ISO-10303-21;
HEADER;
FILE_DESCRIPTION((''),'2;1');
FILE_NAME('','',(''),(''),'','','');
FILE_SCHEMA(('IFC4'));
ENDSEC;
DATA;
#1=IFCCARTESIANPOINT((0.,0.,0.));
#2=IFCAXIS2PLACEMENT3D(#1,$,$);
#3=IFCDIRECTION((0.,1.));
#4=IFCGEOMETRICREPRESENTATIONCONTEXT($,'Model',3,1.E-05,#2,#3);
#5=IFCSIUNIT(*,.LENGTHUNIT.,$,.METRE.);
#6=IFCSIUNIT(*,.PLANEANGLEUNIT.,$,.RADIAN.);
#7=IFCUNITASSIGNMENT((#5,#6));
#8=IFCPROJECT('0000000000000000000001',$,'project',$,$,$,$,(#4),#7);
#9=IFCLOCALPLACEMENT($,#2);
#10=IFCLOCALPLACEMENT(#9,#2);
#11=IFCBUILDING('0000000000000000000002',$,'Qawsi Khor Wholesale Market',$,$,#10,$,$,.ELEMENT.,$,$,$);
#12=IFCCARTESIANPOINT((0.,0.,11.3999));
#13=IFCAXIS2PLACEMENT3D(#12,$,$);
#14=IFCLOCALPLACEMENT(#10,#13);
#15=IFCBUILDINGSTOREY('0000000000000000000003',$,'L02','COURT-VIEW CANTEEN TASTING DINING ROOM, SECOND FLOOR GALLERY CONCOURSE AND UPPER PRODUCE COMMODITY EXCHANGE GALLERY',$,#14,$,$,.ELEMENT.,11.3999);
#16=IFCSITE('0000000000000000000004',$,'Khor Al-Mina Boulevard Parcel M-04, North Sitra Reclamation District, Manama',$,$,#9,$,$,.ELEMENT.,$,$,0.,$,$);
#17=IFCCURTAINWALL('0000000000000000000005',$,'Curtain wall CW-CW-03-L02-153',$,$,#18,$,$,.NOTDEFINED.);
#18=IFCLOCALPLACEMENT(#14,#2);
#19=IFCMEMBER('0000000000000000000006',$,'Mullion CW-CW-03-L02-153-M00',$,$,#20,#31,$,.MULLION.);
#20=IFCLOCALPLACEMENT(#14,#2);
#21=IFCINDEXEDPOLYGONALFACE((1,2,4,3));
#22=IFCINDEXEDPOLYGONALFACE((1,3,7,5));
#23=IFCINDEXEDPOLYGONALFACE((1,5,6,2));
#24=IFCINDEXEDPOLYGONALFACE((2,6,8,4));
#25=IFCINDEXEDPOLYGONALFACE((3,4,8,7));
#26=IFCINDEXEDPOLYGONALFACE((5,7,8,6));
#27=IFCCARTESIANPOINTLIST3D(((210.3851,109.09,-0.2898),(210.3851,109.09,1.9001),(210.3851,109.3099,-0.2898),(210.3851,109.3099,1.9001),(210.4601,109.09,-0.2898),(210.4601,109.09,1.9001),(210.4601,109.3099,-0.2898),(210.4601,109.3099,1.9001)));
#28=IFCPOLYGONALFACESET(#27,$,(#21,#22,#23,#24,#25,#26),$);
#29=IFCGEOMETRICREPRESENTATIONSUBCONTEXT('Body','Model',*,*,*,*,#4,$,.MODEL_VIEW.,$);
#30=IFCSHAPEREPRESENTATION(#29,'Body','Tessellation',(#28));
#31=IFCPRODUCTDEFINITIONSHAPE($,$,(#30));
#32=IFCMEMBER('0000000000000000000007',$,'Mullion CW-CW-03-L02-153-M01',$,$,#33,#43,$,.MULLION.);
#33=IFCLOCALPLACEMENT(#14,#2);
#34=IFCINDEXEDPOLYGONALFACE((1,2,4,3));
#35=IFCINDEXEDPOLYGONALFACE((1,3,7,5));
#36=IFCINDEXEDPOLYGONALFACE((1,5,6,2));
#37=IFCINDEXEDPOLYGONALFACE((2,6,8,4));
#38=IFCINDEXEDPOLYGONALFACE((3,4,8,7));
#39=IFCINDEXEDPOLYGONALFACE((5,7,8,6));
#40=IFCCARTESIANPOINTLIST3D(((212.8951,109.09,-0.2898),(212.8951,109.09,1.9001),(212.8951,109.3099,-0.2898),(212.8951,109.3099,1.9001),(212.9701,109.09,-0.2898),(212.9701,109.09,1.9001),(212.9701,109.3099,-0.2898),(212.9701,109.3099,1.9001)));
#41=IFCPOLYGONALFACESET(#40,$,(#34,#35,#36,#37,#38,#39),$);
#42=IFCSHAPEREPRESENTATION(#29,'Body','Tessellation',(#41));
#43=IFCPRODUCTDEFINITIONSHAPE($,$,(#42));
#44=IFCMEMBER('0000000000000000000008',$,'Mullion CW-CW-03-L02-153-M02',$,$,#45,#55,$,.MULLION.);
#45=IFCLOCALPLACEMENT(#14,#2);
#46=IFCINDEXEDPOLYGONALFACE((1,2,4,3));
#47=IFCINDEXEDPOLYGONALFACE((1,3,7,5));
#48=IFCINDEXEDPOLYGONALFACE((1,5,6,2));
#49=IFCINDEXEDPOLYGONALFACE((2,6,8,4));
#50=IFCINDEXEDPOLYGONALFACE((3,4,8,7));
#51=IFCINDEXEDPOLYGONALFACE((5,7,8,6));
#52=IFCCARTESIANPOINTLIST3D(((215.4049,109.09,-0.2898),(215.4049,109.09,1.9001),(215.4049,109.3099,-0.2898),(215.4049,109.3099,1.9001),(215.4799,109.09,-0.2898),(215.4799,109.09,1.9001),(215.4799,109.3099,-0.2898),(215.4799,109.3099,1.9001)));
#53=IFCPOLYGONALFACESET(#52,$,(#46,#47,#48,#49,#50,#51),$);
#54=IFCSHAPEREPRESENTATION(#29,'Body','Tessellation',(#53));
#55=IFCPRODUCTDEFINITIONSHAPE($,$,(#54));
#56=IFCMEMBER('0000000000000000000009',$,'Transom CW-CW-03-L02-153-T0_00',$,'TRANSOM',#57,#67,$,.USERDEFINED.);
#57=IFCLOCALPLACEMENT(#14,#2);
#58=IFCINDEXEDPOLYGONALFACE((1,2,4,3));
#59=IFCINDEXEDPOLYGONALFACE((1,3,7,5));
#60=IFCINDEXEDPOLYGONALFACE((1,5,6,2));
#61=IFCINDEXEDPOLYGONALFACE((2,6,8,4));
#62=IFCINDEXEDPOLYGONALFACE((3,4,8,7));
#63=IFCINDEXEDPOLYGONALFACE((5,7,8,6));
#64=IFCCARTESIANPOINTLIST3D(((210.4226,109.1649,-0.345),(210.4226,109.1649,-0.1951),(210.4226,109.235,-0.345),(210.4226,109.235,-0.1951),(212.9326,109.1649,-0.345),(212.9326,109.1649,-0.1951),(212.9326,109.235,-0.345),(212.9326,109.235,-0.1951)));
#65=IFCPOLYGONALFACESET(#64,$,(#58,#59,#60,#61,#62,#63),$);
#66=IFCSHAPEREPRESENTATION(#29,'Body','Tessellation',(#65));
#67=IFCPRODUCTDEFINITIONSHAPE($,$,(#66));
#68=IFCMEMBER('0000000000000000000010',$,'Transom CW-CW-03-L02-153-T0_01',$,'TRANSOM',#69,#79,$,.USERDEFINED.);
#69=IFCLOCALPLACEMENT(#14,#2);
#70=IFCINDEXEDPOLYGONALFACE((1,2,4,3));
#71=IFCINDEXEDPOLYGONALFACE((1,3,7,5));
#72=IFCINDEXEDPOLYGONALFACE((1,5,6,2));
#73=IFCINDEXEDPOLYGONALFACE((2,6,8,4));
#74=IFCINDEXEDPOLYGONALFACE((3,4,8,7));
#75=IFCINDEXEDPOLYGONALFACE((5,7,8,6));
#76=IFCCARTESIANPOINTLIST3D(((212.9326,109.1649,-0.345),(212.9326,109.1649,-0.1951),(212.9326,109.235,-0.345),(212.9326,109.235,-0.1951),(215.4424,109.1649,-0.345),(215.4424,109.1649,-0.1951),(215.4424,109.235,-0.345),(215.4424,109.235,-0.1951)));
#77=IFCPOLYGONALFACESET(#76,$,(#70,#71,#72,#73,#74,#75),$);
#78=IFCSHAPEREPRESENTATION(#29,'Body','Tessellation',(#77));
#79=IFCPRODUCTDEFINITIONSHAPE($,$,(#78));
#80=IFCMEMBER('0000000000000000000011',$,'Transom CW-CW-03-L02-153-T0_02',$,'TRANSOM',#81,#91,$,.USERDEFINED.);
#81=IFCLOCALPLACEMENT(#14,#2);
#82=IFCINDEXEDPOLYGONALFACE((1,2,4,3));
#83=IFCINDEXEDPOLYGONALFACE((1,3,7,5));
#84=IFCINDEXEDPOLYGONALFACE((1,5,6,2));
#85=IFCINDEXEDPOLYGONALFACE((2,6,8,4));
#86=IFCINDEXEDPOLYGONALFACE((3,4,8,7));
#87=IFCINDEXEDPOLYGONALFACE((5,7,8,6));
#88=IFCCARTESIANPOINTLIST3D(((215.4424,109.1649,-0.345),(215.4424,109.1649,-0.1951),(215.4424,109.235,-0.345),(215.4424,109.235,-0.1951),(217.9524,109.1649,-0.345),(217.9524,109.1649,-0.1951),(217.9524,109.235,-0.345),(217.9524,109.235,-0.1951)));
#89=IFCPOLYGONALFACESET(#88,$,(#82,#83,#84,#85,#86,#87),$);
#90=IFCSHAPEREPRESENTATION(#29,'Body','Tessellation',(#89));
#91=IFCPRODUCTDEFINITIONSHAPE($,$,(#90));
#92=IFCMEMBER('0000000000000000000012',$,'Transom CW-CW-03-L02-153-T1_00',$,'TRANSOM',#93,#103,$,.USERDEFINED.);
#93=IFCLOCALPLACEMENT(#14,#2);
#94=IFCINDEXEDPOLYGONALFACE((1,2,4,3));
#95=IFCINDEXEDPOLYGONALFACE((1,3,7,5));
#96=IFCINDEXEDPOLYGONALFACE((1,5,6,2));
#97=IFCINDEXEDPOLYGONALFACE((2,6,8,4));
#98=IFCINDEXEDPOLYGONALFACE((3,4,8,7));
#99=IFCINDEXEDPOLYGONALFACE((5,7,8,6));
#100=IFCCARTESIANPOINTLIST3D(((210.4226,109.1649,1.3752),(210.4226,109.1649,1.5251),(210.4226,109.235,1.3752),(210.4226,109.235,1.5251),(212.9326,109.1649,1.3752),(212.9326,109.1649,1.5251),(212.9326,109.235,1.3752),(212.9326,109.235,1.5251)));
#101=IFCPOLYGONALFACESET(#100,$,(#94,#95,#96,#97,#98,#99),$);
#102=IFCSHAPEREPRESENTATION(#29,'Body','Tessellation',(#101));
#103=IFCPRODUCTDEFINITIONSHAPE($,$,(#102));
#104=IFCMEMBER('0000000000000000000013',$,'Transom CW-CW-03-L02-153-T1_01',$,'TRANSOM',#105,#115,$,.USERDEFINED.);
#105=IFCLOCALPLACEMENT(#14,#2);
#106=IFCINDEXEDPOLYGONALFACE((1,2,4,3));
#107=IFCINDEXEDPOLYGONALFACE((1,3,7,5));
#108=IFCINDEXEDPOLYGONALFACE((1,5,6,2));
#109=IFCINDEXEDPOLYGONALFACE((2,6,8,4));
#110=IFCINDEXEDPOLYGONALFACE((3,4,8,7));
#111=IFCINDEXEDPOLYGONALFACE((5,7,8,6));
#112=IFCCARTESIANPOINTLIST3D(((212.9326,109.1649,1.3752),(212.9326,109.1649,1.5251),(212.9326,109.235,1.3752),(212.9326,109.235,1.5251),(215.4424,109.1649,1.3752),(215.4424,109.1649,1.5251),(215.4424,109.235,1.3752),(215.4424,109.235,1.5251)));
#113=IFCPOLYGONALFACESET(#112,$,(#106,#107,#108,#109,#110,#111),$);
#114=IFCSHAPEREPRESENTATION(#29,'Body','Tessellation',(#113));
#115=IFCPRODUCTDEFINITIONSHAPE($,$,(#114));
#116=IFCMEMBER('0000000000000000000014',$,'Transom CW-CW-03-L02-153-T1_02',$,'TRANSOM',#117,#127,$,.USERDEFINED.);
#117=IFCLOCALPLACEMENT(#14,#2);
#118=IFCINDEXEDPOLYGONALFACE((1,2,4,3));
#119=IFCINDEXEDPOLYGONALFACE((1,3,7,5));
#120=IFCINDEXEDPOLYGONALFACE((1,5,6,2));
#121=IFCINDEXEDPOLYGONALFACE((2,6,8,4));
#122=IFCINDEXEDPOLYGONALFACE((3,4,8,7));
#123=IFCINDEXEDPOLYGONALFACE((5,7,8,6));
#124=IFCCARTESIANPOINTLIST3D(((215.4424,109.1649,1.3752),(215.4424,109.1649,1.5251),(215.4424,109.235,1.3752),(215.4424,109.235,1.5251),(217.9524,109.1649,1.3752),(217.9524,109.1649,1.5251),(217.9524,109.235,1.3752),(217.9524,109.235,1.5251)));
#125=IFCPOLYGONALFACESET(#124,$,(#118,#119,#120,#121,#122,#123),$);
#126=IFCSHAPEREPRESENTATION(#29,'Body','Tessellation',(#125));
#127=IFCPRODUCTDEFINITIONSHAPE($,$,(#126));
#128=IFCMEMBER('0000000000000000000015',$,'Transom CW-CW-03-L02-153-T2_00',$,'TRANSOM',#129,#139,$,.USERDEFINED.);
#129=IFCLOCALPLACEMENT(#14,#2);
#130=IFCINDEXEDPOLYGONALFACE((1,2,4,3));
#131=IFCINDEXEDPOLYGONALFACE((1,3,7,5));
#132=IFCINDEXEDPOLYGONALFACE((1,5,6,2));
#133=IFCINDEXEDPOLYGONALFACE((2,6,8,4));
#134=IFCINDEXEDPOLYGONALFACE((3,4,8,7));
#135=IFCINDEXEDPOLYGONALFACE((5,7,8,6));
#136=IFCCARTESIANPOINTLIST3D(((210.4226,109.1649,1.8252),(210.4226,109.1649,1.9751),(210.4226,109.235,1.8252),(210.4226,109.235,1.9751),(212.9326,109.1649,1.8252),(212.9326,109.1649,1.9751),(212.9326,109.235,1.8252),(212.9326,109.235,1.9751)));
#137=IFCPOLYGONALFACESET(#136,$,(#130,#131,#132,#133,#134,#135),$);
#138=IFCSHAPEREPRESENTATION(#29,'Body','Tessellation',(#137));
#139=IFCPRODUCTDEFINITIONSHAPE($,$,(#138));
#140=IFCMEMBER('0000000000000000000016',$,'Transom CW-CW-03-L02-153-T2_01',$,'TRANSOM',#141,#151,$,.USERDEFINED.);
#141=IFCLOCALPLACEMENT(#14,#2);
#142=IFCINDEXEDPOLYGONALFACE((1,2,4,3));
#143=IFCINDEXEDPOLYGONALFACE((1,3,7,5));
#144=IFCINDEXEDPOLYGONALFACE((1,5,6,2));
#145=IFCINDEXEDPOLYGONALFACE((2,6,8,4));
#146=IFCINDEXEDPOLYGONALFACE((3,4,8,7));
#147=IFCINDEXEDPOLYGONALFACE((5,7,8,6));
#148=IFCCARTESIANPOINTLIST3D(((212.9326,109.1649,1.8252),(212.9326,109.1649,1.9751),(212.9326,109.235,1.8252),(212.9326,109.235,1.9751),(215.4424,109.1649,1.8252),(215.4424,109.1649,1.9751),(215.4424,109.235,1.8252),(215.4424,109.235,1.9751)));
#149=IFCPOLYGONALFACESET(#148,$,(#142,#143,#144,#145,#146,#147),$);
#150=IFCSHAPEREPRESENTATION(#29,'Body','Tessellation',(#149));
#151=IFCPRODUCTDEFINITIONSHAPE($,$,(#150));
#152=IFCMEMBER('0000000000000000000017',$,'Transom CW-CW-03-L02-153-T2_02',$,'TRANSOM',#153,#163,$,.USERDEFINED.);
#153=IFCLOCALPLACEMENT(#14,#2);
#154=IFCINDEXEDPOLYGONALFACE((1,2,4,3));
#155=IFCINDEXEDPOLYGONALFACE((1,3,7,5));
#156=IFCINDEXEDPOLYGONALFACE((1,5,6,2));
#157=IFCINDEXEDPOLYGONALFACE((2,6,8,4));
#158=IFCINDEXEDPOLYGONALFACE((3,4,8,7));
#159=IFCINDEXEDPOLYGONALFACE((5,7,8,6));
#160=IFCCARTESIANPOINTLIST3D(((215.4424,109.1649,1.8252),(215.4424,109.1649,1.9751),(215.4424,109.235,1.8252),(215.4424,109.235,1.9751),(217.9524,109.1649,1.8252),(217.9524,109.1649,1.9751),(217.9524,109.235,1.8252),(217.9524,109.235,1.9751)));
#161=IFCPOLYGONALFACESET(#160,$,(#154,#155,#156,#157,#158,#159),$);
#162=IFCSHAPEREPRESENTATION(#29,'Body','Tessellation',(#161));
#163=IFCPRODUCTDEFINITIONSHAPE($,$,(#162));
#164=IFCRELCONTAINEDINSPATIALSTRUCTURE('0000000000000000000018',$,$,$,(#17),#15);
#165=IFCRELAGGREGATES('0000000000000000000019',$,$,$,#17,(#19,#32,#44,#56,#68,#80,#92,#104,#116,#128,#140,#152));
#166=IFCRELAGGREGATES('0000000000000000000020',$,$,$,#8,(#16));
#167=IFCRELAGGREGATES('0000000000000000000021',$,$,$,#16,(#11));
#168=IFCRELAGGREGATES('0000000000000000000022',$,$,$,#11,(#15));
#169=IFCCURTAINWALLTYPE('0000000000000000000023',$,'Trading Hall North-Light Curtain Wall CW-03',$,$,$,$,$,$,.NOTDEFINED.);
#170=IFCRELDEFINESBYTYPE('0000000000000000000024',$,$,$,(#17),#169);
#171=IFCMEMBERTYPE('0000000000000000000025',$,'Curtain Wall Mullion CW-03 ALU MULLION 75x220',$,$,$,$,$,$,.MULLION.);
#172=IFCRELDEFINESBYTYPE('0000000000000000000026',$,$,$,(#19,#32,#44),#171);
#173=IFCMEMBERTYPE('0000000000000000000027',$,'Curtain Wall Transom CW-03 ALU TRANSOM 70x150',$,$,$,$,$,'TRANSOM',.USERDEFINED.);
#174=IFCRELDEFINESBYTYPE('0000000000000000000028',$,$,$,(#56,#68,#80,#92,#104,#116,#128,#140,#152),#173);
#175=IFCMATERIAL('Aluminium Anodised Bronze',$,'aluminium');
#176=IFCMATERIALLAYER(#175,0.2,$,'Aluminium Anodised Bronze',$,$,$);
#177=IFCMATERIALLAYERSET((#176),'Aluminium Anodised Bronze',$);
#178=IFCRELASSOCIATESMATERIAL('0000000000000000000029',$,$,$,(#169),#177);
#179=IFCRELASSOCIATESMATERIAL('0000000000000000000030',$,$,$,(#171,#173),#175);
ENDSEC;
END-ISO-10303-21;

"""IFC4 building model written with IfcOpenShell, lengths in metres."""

from ifc_helpers import new_model, si_unit, direction, frame, origin, origin_2d, place, context, subcontext, project, spatial, rectangle, extrude, material, layer, layer_set, material_profile, profile_set, type_object, element, aggregate, save


model = new_model("IFC4")

# Units and contexts
model_context = context("Model", 3, precision=1e-05, world=origin(), true_north=direction((0.0, 1.0)))
body_context = subcontext(model_context, "Body", "Model", "MODEL_VIEW")
ifc_project = project(units=[si_unit("LENGTHUNIT", "METRE"), si_unit("PLANEANGLEUNIT", "RADIAN")], contexts=[model_context])

# Site, building, storey
site_placement = place(None, origin())
site = spatial("IfcSite", under=ifc_project, at=site_placement, Name="Khor Al-Mina Boulevard Parcel M-04, North Sitra Reclamation District, Manama", CompositionType="ELEMENT", RefElevation=0.0)
building_placement = place(site_placement, origin())
building = spatial("IfcBuilding", under=site, at=building_placement, Name="Qawsi Khor Wholesale Market", CompositionType="ELEMENT")
storey_placement = place(building_placement, frame((0.0, 0.0, 11.3999)))
storey = spatial("IfcBuildingStorey", under=building, at=storey_placement, Name="L02", Description="COURT-VIEW CANTEEN TASTING DINING ROOM, SECOND FLOOR GALLERY CONCOURSE AND UPPER PRODUCE COMMODITY EXCHANGE GALLERY", CompositionType="ELEMENT", Elevation=11.3999)

# Curtain wall, members
ifc_material_1 = material(Name="Aluminium Anodised Bronze", Category="aluminium")
ifc_layer_1 = layer(ifc_material_1, 0.2, Name="Aluminium Anodised Bronze")
ifc_layer_set_1 = layer_set([ifc_layer_1], Name="Aluminium Anodised Bronze")
curtain_wall_type = type_object("IfcCurtainWallType", Name="Trading Hall North-Light Curtain Wall CW-03", PredefinedType="NOTDEFINED", material=ifc_layer_set_1)
curtain_wall_placement = place(storey_placement, origin())
curtain_wall = element("IfcCurtainWall", 1, at=curtain_wall_placement, inside=storey, type_object=curtain_wall_type, Name="Curtain wall CW-CW-03-L02-153", PredefinedType="NOTDEFINED")
ifc_material_profile_1 = material_profile(ifc_material_1, rectangle(XDim=0.075, YDim=0.22, at=origin_2d()), Name="ALU MULLION 75x220")
ifc_profile_set_1 = profile_set([ifc_material_profile_1], Name="Aluminium Anodised Bronze")
member_type_1 = type_object("IfcMemberType", Name="Curtain Wall Mullion CW-03 ALU MULLION 75x220", PredefinedType="MULLION", material=ifc_profile_set_1)
member_1_placement = place(storey_placement, frame((210.4226, 109.2, -0.2898), z_axis=(0.0, 0.0, 1.0), x_axis=(1.0, 0.0, 0.0)))
member_1 = element("IfcMember", 2, at=member_1_placement, type_object=member_type_1, Name="Mullion CW-CW-03-L02-153-M00", PredefinedType="MULLION", context=body_context, shape_type="SweptSolid", body=[
    extrude(rectangle(XDim=0.075, YDim=0.22, at=origin_2d()), origin(), (0.0, 0.0, 1.0), 2.1899),
])
member_2_placement = place(storey_placement, frame((212.9326, 109.2, -0.2898), z_axis=(0.0, 0.0, 1.0), x_axis=(1.0, 0.0, 0.0)))
member_2 = element("IfcMember", 3, at=member_2_placement, type_object=member_type_1, Name="Mullion CW-CW-03-L02-153-M01", PredefinedType="MULLION", context=body_context, shape_type="SweptSolid", body=[
    extrude(rectangle(XDim=0.075, YDim=0.22, at=origin_2d()), origin(), (0.0, 0.0, 1.0), 2.1899),
])
member_3_placement = place(storey_placement, frame((215.4424, 109.2, -0.2898), z_axis=(0.0, 0.0, 1.0), x_axis=(1.0, 0.0, 0.0)))
member_3 = element("IfcMember", 4, at=member_3_placement, type_object=member_type_1, Name="Mullion CW-CW-03-L02-153-M02", PredefinedType="MULLION", context=body_context, shape_type="SweptSolid", body=[
    extrude(rectangle(XDim=0.075, YDim=0.22, at=origin_2d()), origin(), (0.0, 0.0, 1.0), 2.1899),
])
ifc_material_profile_2 = material_profile(ifc_material_1, rectangle(XDim=0.0701, YDim=0.1499, at=origin_2d()), Name="ALU TRANSOM 70x150")
ifc_profile_set_2 = profile_set([ifc_material_profile_2], Name="Aluminium Anodised Bronze")
member_type_2 = type_object("IfcMemberType", Name="Curtain Wall Transom CW-03 ALU TRANSOM 70x150", ElementType="TRANSOM", PredefinedType="USERDEFINED", material=ifc_profile_set_2)
member_4_placement = place(storey_placement, frame((210.4226, 109.2, -0.27), z_axis=(1.0, 0.0, 0.0), x_axis=(0.0, 1.0, 0.0)))
member_4 = element("IfcMember", 5, at=member_4_placement, type_object=member_type_2, Name="Transom CW-CW-03-L02-153-T0_00", ObjectType="TRANSOM", PredefinedType="USERDEFINED", context=body_context, shape_type="SweptSolid", body=[
    extrude(rectangle(XDim=0.0701, YDim=0.1499, at=origin_2d()), origin(), (0.0, 0.0, 1.0), 2.51),
])
member_5_placement = place(storey_placement, frame((212.9326, 109.2, -0.27), z_axis=(1.0, 0.0, 0.0), x_axis=(0.0, 1.0, 0.0)))
member_5 = element("IfcMember", 6, at=member_5_placement, type_object=member_type_2, Name="Transom CW-CW-03-L02-153-T0_01", ObjectType="TRANSOM", PredefinedType="USERDEFINED", context=body_context, shape_type="SweptSolid", body=[
    extrude(rectangle(XDim=0.0701, YDim=0.1499, at=origin_2d()), origin(), (0.0, 0.0, 1.0), 2.5098),
])
member_6_placement = place(storey_placement, frame((215.4424, 109.2, -0.27), z_axis=(1.0, 0.0, 0.0), x_axis=(0.0, 1.0, 0.0)))
member_6 = element("IfcMember", 7, at=member_6_placement, type_object=member_type_2, Name="Transom CW-CW-03-L02-153-T0_02", ObjectType="TRANSOM", PredefinedType="USERDEFINED", context=body_context, shape_type="SweptSolid", body=[
    extrude(rectangle(XDim=0.0701, YDim=0.1499, at=origin_2d()), origin(), (0.0, 0.0, 1.0), 2.51),
])
member_7_placement = place(storey_placement, frame((210.4226, 109.2, 1.4502), z_axis=(1.0, 0.0, 0.0), x_axis=(0.0, 1.0, 0.0)))
member_7 = element("IfcMember", 8, at=member_7_placement, type_object=member_type_2, Name="Transom CW-CW-03-L02-153-T1_00", ObjectType="TRANSOM", PredefinedType="USERDEFINED", context=body_context, shape_type="SweptSolid", body=[
    extrude(rectangle(XDim=0.0701, YDim=0.1499, at=origin_2d()), origin(), (0.0, 0.0, 1.0), 2.51),
])
member_8_placement = place(storey_placement, frame((212.9326, 109.2, 1.4502), z_axis=(1.0, 0.0, 0.0), x_axis=(0.0, 1.0, 0.0)))
member_8 = element("IfcMember", 9, at=member_8_placement, type_object=member_type_2, Name="Transom CW-CW-03-L02-153-T1_01", ObjectType="TRANSOM", PredefinedType="USERDEFINED", context=body_context, shape_type="SweptSolid", body=[
    extrude(rectangle(XDim=0.0701, YDim=0.1499, at=origin_2d()), origin(), (0.0, 0.0, 1.0), 2.5098),
])
member_9_placement = place(storey_placement, frame((215.4424, 109.2, 1.4502), z_axis=(1.0, 0.0, 0.0), x_axis=(0.0, 1.0, 0.0)))
member_9 = element("IfcMember", 10, at=member_9_placement, type_object=member_type_2, Name="Transom CW-CW-03-L02-153-T1_02", ObjectType="TRANSOM", PredefinedType="USERDEFINED", context=body_context, shape_type="SweptSolid", body=[
    extrude(rectangle(XDim=0.0701, YDim=0.1499, at=origin_2d()), origin(), (0.0, 0.0, 1.0), 2.51),
])
member_10_placement = place(storey_placement, frame((210.4226, 109.2, 1.9001), z_axis=(1.0, 0.0, 0.0), x_axis=(0.0, 1.0, 0.0)))
member_10 = element("IfcMember", 11, at=member_10_placement, type_object=member_type_2, Name="Transom CW-CW-03-L02-153-T2_00", ObjectType="TRANSOM", PredefinedType="USERDEFINED", context=body_context, shape_type="SweptSolid", body=[
    extrude(rectangle(XDim=0.0701, YDim=0.1499, at=origin_2d()), origin(), (0.0, 0.0, 1.0), 2.51),
])
member_11_placement = place(storey_placement, frame((212.9326, 109.2, 1.9001), z_axis=(1.0, 0.0, 0.0), x_axis=(0.0, 1.0, 0.0)))
member_11 = element("IfcMember", 12, at=member_11_placement, type_object=member_type_2, Name="Transom CW-CW-03-L02-153-T2_01", ObjectType="TRANSOM", PredefinedType="USERDEFINED", context=body_context, shape_type="SweptSolid", body=[
    extrude(rectangle(XDim=0.0701, YDim=0.1499, at=origin_2d()), origin(), (0.0, 0.0, 1.0), 2.5098),
])
member_12_placement = place(storey_placement, frame((215.4424, 109.2, 1.9001), z_axis=(1.0, 0.0, 0.0), x_axis=(0.0, 1.0, 0.0)))
member_12 = element("IfcMember", 13, at=member_12_placement, type_object=member_type_2, Name="Transom CW-CW-03-L02-153-T2_02", ObjectType="TRANSOM", PredefinedType="USERDEFINED", context=body_context, shape_type="SweptSolid", body=[
    extrude(rectangle(XDim=0.0701, YDim=0.1499, at=origin_2d()), origin(), (0.0, 0.0, 1.0), 2.51),
])

aggregate(curtain_wall, [member_1, member_2, member_3, member_4, member_5, member_6, member_7, member_8, member_9, member_10, member_11, member_12])

save(model, "model.ifc")
